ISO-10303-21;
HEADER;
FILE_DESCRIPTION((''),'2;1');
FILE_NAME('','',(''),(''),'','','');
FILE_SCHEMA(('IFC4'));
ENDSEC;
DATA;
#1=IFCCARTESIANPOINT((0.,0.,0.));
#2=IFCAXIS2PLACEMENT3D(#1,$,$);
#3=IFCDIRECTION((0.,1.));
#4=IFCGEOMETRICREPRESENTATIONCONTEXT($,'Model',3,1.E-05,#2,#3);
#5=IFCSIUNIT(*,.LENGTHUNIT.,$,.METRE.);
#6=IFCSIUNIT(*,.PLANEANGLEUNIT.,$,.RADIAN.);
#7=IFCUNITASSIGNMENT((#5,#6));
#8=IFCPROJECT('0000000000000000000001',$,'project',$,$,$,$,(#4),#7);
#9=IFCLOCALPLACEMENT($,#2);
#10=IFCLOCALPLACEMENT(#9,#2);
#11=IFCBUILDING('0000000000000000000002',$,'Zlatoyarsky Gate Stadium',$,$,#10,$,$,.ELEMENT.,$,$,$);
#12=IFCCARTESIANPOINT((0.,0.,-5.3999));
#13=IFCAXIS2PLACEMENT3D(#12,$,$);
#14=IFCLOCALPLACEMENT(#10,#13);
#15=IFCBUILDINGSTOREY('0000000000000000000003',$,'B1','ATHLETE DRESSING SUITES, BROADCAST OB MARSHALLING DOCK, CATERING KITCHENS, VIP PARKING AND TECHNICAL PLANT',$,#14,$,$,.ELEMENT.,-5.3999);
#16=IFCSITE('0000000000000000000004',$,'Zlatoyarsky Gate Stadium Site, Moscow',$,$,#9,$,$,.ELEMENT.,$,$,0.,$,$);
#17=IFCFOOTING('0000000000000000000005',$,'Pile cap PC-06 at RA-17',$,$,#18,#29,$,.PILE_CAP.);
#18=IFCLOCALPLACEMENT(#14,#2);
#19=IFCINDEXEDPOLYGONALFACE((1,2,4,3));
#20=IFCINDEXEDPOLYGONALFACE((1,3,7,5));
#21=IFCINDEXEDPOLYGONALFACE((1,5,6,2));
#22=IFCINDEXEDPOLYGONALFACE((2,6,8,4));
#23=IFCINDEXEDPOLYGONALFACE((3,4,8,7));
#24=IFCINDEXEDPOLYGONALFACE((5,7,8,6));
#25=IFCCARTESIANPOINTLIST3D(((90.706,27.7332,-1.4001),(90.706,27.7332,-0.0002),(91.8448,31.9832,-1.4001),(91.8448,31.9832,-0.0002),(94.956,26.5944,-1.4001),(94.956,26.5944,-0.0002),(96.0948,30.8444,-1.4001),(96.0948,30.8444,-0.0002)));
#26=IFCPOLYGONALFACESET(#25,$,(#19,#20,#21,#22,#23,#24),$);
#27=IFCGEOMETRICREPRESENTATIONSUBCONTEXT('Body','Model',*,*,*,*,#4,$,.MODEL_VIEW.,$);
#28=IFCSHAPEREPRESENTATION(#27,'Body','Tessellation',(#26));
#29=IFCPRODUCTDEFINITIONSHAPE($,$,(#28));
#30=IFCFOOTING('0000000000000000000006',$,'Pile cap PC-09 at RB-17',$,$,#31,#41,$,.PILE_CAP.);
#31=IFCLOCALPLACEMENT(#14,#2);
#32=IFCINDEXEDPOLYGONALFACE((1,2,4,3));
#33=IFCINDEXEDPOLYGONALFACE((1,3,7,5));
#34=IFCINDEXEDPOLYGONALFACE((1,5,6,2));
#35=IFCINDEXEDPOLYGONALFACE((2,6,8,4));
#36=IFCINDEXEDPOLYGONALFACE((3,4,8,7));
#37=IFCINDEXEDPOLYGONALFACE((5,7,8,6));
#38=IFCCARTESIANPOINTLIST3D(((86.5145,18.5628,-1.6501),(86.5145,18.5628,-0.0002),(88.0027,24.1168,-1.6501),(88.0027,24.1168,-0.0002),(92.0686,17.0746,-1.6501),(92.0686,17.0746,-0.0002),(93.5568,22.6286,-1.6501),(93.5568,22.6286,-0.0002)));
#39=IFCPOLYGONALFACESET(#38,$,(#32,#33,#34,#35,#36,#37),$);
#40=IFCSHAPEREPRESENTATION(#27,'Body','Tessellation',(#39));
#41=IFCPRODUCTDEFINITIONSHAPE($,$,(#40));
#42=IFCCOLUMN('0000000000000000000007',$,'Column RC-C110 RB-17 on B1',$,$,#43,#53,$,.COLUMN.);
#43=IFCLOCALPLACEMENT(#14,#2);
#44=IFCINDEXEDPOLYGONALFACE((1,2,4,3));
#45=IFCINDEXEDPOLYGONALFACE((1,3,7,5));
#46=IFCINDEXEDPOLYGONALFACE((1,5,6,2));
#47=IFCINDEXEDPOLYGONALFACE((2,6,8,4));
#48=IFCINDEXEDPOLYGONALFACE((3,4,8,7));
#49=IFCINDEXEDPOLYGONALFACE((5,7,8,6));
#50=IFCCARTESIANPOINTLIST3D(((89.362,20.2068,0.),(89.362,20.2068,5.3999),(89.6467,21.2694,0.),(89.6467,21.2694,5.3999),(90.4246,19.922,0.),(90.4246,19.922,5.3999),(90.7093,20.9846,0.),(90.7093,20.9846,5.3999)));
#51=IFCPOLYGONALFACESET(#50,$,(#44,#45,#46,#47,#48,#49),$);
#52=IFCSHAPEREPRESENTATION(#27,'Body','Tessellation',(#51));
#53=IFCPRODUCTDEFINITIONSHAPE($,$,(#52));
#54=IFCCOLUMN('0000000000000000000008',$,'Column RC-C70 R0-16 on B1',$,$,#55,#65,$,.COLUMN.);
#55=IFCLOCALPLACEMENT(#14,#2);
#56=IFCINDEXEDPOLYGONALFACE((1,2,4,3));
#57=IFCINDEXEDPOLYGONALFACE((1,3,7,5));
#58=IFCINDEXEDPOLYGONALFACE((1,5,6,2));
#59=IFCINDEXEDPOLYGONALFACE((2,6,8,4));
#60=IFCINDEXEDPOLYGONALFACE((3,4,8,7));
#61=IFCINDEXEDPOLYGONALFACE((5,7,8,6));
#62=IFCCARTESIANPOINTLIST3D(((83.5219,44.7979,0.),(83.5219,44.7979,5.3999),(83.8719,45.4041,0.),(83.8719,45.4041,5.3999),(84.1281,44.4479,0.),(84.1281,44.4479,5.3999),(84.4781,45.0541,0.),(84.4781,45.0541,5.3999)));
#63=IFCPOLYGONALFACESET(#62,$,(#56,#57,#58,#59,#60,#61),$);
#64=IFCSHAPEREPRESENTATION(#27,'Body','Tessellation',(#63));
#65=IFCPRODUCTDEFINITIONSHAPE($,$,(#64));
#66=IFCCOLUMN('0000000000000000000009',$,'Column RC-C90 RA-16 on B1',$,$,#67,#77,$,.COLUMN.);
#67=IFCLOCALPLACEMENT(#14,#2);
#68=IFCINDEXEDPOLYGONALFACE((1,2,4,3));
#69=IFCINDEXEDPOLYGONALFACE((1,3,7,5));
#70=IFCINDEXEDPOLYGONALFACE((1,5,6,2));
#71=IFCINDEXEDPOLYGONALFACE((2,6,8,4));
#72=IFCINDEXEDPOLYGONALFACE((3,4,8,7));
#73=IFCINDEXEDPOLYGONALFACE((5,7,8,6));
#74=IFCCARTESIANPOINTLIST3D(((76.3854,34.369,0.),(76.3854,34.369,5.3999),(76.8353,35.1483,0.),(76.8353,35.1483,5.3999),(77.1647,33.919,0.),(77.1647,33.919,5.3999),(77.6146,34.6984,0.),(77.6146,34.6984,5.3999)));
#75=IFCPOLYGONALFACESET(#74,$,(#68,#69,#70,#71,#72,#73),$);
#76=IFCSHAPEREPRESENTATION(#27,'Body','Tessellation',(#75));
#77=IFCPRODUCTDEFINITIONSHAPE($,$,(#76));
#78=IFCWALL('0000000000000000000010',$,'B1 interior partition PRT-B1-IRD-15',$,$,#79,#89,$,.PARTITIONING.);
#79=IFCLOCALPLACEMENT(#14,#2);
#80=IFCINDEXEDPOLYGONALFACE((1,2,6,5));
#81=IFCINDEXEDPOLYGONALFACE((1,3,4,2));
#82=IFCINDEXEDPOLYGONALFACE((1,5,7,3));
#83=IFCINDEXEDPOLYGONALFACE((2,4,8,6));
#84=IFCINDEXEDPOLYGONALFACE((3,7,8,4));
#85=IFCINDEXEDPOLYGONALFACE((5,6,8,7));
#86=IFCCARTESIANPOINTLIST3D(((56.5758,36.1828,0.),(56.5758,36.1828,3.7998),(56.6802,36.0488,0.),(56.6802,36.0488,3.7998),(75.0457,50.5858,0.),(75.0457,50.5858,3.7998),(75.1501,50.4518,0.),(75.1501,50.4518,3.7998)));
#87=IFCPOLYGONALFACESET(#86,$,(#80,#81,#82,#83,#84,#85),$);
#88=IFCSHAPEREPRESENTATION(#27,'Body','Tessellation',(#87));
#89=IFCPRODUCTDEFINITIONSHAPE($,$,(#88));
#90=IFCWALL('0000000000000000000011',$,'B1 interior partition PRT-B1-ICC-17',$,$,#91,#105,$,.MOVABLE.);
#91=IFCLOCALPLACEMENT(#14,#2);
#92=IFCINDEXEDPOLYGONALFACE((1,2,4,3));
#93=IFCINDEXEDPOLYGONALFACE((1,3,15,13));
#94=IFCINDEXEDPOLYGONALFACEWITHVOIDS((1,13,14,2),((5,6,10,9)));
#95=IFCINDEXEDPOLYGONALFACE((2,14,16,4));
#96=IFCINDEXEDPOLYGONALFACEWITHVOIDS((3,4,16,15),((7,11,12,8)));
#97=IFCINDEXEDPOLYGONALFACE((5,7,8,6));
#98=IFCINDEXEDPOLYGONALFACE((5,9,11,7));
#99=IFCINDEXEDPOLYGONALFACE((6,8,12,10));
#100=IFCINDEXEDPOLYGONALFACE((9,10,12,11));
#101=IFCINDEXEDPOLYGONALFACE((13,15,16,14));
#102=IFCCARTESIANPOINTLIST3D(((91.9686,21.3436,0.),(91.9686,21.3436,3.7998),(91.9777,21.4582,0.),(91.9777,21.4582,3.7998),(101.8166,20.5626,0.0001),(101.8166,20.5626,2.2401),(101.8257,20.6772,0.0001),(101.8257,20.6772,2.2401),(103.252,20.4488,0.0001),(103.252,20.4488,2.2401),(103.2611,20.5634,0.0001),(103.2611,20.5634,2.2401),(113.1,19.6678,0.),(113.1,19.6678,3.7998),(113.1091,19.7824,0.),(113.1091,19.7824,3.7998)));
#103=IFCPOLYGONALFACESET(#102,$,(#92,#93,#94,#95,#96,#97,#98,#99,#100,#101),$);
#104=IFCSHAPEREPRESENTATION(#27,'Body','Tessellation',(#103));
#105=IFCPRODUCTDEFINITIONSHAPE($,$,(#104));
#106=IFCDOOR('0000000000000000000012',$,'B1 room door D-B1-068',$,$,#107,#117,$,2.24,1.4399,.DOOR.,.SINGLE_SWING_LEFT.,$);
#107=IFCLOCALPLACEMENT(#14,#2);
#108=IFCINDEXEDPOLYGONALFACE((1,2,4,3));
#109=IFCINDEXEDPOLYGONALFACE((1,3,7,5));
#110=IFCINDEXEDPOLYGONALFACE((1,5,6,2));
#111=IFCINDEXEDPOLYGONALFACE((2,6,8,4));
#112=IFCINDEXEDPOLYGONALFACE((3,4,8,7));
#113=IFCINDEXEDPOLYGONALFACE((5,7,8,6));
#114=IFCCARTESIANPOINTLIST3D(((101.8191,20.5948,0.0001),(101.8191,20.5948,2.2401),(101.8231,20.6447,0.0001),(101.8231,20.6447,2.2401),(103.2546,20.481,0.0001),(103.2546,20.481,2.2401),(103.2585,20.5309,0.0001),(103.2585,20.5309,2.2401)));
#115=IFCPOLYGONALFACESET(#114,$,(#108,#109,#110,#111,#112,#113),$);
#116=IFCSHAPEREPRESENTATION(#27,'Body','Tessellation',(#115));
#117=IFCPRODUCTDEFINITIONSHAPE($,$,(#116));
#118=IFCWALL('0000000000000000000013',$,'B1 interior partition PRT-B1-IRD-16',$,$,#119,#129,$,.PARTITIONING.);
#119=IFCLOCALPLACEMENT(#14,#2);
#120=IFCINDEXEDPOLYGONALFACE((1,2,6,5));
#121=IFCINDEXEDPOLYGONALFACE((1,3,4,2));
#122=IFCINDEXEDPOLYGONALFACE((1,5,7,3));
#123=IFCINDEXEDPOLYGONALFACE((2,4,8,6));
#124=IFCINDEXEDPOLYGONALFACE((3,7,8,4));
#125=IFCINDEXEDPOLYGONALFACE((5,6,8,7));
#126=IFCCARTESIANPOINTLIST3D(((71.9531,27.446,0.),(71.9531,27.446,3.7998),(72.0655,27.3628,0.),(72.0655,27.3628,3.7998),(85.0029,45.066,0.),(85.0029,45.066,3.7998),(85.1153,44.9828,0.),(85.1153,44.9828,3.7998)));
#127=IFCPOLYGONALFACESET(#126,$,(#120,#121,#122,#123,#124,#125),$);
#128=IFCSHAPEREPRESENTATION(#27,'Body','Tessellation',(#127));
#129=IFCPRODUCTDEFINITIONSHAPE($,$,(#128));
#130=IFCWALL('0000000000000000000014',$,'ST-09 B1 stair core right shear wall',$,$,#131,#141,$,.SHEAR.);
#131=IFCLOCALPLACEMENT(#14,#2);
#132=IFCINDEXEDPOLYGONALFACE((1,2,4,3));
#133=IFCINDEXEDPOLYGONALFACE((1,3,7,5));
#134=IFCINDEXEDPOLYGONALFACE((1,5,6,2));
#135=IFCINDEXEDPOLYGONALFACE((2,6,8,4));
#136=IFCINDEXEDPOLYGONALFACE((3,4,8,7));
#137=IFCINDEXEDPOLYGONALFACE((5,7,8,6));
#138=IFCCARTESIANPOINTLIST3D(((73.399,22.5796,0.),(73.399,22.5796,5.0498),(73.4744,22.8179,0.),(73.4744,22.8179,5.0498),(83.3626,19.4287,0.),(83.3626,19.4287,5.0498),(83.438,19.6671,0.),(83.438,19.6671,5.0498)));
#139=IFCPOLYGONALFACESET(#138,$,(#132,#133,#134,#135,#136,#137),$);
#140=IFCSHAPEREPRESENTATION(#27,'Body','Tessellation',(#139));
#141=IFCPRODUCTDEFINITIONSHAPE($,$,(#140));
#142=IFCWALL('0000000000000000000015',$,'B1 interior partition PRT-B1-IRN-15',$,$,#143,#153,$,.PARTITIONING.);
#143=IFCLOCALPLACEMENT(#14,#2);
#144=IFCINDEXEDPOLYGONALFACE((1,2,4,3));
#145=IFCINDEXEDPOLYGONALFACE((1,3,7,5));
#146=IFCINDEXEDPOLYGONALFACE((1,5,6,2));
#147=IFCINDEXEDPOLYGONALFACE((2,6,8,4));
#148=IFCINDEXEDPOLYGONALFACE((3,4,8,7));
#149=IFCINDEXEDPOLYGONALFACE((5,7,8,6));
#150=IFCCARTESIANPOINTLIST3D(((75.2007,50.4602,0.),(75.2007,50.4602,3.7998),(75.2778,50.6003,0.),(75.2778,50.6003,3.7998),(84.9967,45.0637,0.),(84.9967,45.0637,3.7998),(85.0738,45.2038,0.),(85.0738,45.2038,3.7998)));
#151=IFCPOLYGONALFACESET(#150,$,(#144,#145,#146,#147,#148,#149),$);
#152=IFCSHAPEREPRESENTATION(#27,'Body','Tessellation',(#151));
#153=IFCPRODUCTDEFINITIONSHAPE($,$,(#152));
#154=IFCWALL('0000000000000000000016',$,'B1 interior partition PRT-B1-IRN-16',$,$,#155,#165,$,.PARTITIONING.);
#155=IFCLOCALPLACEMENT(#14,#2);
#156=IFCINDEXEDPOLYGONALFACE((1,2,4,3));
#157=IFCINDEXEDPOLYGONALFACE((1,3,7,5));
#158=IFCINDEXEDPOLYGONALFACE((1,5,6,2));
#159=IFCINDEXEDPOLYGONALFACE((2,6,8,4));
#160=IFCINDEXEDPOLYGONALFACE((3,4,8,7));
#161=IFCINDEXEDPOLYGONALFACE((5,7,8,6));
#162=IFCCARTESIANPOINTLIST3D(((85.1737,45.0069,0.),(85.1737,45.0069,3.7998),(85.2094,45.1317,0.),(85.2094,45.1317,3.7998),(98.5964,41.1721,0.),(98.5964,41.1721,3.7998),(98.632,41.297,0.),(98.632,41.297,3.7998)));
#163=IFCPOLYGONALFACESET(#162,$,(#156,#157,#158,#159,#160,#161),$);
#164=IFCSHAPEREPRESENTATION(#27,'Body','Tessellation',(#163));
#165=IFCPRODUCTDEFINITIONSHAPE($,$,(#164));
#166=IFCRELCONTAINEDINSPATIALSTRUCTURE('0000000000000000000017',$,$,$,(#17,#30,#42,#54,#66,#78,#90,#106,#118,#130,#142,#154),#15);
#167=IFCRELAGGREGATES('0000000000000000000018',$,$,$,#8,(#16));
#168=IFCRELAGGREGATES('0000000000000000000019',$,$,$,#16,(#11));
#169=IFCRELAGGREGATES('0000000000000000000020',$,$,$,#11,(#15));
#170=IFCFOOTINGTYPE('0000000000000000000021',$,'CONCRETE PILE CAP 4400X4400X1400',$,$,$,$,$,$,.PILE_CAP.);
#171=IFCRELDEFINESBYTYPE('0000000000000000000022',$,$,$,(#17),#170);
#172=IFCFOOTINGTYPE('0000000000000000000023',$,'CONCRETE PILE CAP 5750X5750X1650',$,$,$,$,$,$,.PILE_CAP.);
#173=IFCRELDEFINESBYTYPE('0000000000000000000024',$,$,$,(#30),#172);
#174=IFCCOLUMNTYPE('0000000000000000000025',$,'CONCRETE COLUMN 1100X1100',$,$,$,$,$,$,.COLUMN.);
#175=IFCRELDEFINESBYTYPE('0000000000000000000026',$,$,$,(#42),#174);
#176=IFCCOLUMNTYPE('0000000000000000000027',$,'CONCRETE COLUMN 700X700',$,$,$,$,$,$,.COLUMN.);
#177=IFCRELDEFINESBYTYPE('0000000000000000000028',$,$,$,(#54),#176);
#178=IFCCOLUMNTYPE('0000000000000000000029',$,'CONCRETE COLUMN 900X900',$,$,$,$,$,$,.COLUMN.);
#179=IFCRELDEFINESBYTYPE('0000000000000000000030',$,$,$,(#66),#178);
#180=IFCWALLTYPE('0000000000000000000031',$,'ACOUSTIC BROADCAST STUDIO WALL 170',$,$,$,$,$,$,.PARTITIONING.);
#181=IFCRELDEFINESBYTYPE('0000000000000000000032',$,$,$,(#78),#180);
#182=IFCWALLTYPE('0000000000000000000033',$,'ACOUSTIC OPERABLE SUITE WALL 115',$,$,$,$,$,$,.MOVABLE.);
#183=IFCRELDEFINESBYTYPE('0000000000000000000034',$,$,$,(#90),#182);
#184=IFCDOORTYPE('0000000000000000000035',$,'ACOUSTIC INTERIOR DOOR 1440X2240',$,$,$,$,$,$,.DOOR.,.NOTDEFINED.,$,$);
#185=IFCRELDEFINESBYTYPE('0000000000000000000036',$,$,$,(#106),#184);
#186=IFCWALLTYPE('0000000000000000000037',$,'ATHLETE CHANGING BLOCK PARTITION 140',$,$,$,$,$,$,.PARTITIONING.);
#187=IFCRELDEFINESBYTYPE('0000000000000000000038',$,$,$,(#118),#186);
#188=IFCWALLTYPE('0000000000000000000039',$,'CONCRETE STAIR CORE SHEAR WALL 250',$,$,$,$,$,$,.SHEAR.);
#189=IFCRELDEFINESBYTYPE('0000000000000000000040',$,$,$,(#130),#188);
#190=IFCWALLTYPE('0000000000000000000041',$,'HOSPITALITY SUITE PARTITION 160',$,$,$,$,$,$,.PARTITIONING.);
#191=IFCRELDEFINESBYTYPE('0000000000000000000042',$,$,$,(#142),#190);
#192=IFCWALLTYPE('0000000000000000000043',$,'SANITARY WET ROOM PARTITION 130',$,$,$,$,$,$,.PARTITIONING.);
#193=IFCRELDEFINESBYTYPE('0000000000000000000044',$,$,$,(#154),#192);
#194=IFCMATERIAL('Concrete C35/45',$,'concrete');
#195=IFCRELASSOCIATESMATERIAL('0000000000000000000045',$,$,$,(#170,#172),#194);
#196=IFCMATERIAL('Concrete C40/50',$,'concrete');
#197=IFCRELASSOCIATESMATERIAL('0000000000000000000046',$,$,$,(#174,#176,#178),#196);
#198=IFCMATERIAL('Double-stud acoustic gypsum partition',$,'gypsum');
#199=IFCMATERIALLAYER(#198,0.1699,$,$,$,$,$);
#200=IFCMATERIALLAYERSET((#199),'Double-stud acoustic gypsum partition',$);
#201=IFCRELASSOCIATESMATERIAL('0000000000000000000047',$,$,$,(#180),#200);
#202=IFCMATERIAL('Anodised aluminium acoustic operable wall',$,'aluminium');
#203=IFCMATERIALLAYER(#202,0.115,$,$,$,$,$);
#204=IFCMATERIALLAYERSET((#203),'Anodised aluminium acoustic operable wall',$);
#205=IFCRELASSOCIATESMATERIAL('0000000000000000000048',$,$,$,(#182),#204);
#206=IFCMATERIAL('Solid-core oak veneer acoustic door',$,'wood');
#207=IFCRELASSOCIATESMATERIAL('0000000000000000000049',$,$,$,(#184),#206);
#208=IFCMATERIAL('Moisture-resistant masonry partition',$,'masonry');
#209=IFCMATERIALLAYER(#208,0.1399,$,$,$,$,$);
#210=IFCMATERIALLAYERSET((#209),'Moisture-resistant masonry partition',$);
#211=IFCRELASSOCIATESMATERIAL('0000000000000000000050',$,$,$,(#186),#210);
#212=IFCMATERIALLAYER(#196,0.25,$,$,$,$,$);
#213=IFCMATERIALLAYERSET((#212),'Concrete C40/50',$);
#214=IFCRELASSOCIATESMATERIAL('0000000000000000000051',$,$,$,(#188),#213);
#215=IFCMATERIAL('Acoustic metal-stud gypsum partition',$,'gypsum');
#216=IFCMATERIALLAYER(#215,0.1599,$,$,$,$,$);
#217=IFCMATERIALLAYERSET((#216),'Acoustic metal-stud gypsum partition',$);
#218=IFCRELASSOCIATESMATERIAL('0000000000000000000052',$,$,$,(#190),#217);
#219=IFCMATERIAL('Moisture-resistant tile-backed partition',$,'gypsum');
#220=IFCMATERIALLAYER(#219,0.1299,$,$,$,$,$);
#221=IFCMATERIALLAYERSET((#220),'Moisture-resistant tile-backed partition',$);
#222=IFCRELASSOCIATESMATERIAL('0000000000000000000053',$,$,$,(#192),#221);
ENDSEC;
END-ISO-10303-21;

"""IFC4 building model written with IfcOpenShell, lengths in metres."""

from ifc_helpers import new_model, si_unit, direction, frame, frame_2d, origin, origin_2d, place, context, subcontext, project, spatial, rectangle, extrude, material, layer, layer_set, material_profile, profile_set, type_object, element, fill, save


model = new_model("IFC4")

# Units and contexts
model_context = context("Model", 3, precision=1e-05, world=origin(), true_north=direction((0.0, 1.0)))
body_context = subcontext(model_context, "Body", "Model", "MODEL_VIEW")
ifc_project = project(units=[si_unit("LENGTHUNIT", "METRE"), si_unit("PLANEANGLEUNIT", "RADIAN")], contexts=[model_context])

# Site, building, storey
site_placement = place(None, origin())
site = spatial("IfcSite", under=ifc_project, at=site_placement, Name="Zlatoyarsky Gate Stadium Site, Moscow", CompositionType="ELEMENT", RefElevation=0.0)
building_placement = place(site_placement, origin())
building = spatial("IfcBuilding", under=site, at=building_placement, Name="Zlatoyarsky Gate Stadium", CompositionType="ELEMENT")
storey_placement = place(building_placement, frame((0.0, 0.0, -5.3999)))
storey = spatial("IfcBuildingStorey", under=building, at=storey_placement, Name="B1", Description="ATHLETE DRESSING SUITES, BROADCAST OB MARSHALLING DOCK, CATERING KITCHENS, VIP PARKING AND TECHNICAL PLANT", CompositionType="ELEMENT", Elevation=-5.3999)

# Shared definitions
ifc_material_1 = material(Name="Concrete C35/45", Category="concrete")

# Footings
footing_type_1 = type_object("IfcFootingType", Name="CONCRETE PILE CAP 4400X4400X1400", PredefinedType="PILE_CAP", material=ifc_material_1)
footing_1_placement = place(storey_placement, frame((93.4004, 29.2888, -1.4001), z_axis=(0.0, 0.0, 1.0), x_axis=(-0.258819, -0.965926, 0.0)))
element("IfcFooting", 1, at=footing_1_placement, inside=storey, type_object=footing_type_1, Name="Pile cap PC-06 at RA-17", PredefinedType="PILE_CAP", context=body_context, shape_type="SweptSolid", body=[
    extrude(rectangle(XDim=4.3999, YDim=4.3999, at=origin_2d()), origin(), (0.0, 0.0, 1.0), 1.3999),
])
footing_type_2 = type_object("IfcFootingType", Name="CONCRETE PILE CAP 5750X5750X1650", PredefinedType="PILE_CAP", material=ifc_material_1)
footing_2_placement = place(storey_placement, frame((90.0356, 20.5957, -1.6501), z_axis=(0.0, 0.0, 1.0), x_axis=(-0.258819, -0.965926, 0.0)))
element("IfcFooting", 2, at=footing_2_placement, inside=storey, type_object=footing_type_2, Name="Pile cap PC-09 at RB-17", PredefinedType="PILE_CAP", context=body_context, shape_type="SweptSolid", body=[
    extrude(rectangle(XDim=5.75, YDim=5.75, at=origin_2d()), origin(), (0.0, 0.0, 1.0), 1.6499),
])

# Columns
ifc_material_2 = material(Name="Concrete C40/50", Category="concrete")
ifc_material_profile_1 = material_profile(ifc_material_2, rectangle(XDim=1.1001, YDim=1.1001, at=origin_2d()), Name="RC COL 1100X1100")
ifc_profile_set_1 = profile_set([ifc_material_profile_1], Name="Concrete C40/50")
column_type_1 = type_object("IfcColumnType", Name="CONCRETE COLUMN 1100X1100", PredefinedType="COLUMN", material=ifc_profile_set_1)
column_1_placement = place(storey_placement, frame((90.0356, 20.5957, 0.0), z_axis=(0.0, 0.0, 1.0), x_axis=(-0.258819, -0.965926, 0.0)))
element("IfcColumn", 3, at=column_1_placement, inside=storey, type_object=column_type_1, Name="Column RC-C110 RB-17 on B1", PredefinedType="COLUMN", context=body_context, shape_type="SweptSolid", body=[
    extrude(rectangle(XDim=1.1001, YDim=1.1001, at=origin_2d()), origin(), (0.0, 0.0, 1.0), 5.3999),
])
ifc_material_profile_2 = material_profile(ifc_material_2, rectangle(XDim=0.7, YDim=0.7, at=origin_2d()), Name="RC COL 700X700")
ifc_profile_set_2 = profile_set([ifc_material_profile_2], Name="Concrete C40/50")
column_type_2 = type_object("IfcColumnType", Name="CONCRETE COLUMN 700X700", PredefinedType="COLUMN", material=ifc_profile_set_2)
column_2_placement = place(storey_placement, frame((84.0, 44.926, 0.0), z_axis=(0.0, 0.0, 1.0), x_axis=(-0.5, -0.866025, 0.0)))
element("IfcColumn", 4, at=column_2_placement, inside=storey, type_object=column_type_2, Name="Column RC-C70 R0-16 on B1", PredefinedType="COLUMN", context=body_context, shape_type="SweptSolid", body=[
    extrude(rectangle(XDim=0.7, YDim=0.7, at=origin_2d()), origin(), (0.0, 0.0, 1.0), 5.3999),
])
ifc_material_profile_3 = material_profile(ifc_material_2, rectangle(XDim=0.8999, YDim=0.8999, at=origin_2d()), Name="RC COL 900X900")
ifc_profile_set_3 = profile_set([ifc_material_profile_3], Name="Concrete C40/50")
column_type_3 = type_object("IfcColumnType", Name="CONCRETE COLUMN 900X900", PredefinedType="COLUMN", material=ifc_profile_set_3)
column_3_placement = place(storey_placement, frame((77.0, 34.5337, 0.0), z_axis=(0.0, 0.0, 1.0), x_axis=(-0.5, -0.866025, 0.0)))
element("IfcColumn", 5, at=column_3_placement, inside=storey, type_object=column_type_3, Name="Column RC-C90 RA-16 on B1", PredefinedType="COLUMN", context=body_context, shape_type="SweptSolid", body=[
    extrude(rectangle(XDim=0.8999, YDim=0.8999, at=origin_2d()), origin(), (0.0, 0.0, 1.0), 5.3999),
])

# Wall
ifc_material_3 = material(Name="Double-stud acoustic gypsum partition", Category="gypsum")
ifc_layer_1 = layer(ifc_material_3, 0.1699)
ifc_layer_set_1 = layer_set([ifc_layer_1], Name="Double-stud acoustic gypsum partition")
wall_type_1 = type_object("IfcWallType", Name="ACOUSTIC BROADCAST STUDIO WALL 170", PredefinedType="PARTITIONING", material=ifc_layer_set_1)
wall_1_placement = place(storey_placement, frame((75.0979, 50.5188, 0.0), z_axis=(0.0, 0.0, 1.0), x_axis=(-0.788575, -0.614939, 0.0)))
element("IfcWall", 6, at=wall_1_placement, inside=storey, type_object=wall_type_1, Name="B1 interior partition PRT-B1-IRD-15", PredefinedType="PARTITIONING", context=body_context, shape_type="SweptSolid", body=[
    extrude(rectangle(XDim=23.4219, YDim=0.1699, at=frame_2d((11.7109, 0.0))), origin(), (0.0, 0.0, 1.0), 3.7998),
])

# Wall, opening, door
ifc_material_4 = material(Name="Anodised aluminium acoustic operable wall", Category="aluminium")
ifc_layer_2 = layer(ifc_material_4, 0.115)
ifc_layer_set_2 = layer_set([ifc_layer_2], Name="Anodised aluminium acoustic operable wall")
wall_type_2 = type_object("IfcWallType", Name="ACOUSTIC OPERABLE SUITE WALL 115", PredefinedType="MOVABLE", material=ifc_layer_set_2)
wall_2_placement = place(storey_placement, frame((91.9731, 21.4009, 0.0), z_axis=(0.0, 0.0, 1.0), x_axis=(0.99687, -0.079055, 0.0)))
wall_2 = element("IfcWall", 7, at=wall_2_placement, inside=storey, type_object=wall_type_2, Name="B1 interior partition PRT-B1-ICC-17", PredefinedType="MOVABLE", context=body_context, shape_type="SweptSolid", body=[
    extrude(rectangle(XDim=21.1978, YDim=0.115, at=frame_2d((10.5989, 0.0))), origin(), (0.0, 0.0, 1.0), 3.7998),
])
opening_placement = place(wall_2_placement, frame((9.8789, 0.0, 0.0)))
opening = element("IfcOpeningElement", 8, at=opening_placement, cuts=wall_2, PredefinedType="OPENING", context=body_context, shape_type="SweptSolid", body=[
    extrude(rectangle(XDim=1.4399, YDim=2.24, at=frame_2d((0.72, 1.1201))), frame((0.0, 0.0674, 0.0), z_axis=(0.0, -1.0, 0.0), x_axis=(1.0, 0.0, 0.0)), (0.0, 0.0, 1.0), 0.135),
])
ifc_material_5 = material(Name="Solid-core oak veneer acoustic door", Category="wood")
door_type = type_object("IfcDoorType", Name="ACOUSTIC INTERIOR DOOR 1440X2240", OperationType="NOTDEFINED", PredefinedType="DOOR", material=ifc_material_5)
door_placement = place(opening_placement, origin())
door = element("IfcDoor", 9, at=door_placement, inside=storey, type_object=door_type, Name="B1 room door D-B1-068", OperationType="SINGLE_SWING_LEFT", OverallHeight=2.24, OverallWidth=1.4399, PredefinedType="DOOR", context=body_context, shape_type="SweptSolid", body=[
    extrude(rectangle(XDim=1.4399, YDim=2.24, at=frame_2d((0.72, 1.1201))), frame((0.0, 0.0249, 0.0), z_axis=(0.0, -1.0, 0.0), x_axis=(1.0, 0.0, 0.0)), (0.0, 0.0, 1.0), 0.05),
])
fill(opening, door)

# Walls
ifc_material_6 = material(Name="Moisture-resistant masonry partition", Category="masonry")
ifc_layer_3 = layer(ifc_material_6, 0.1399)
ifc_layer_set_3 = layer_set([ifc_layer_3], Name="Moisture-resistant masonry partition")
wall_type_3 = type_object("IfcWallType", Name="ATHLETE CHANGING BLOCK PARTITION 140", PredefinedType="PARTITIONING", material=ifc_layer_set_3)
wall_3_placement = place(storey_placement, frame((85.0591, 45.0244, 0.0), z_axis=(0.0, 0.0, 1.0), x_axis=(-0.595165, -0.803604, 0.0)))
element("IfcWall", 10, at=wall_3_placement, inside=storey, type_object=wall_type_3, Name="B1 interior partition PRT-B1-IRD-16", PredefinedType="PARTITIONING", context=body_context, shape_type="SweptSolid", body=[
    extrude(rectangle(XDim=21.9263, YDim=0.1399, at=frame_2d((10.9631, 0.0))), origin(), (0.0, 0.0, 1.0), 3.7998),
])
ifc_layer_4 = layer(ifc_material_2, 0.25)
ifc_layer_set_4 = layer_set([ifc_layer_4], Name="Concrete C40/50")
wall_type_4 = type_object("IfcWallType", Name="CONCRETE STAIR CORE SHEAR WALL 250", PredefinedType="SHEAR", material=ifc_layer_set_4)
wall_4_placement = place(storey_placement, frame((83.4004, 19.5479, 0.0), z_axis=(0.0, 0.0, 1.0), x_axis=(-0.95346, 0.30152, 0.0)))
element("IfcWall", 11, at=wall_4_placement, inside=storey, type_object=wall_type_4, Name="ST-09 B1 stair core right shear wall", PredefinedType="SHEAR", context=body_context, shape_type="SweptSolid", body=[
    extrude(rectangle(XDim=10.45, YDim=0.25, at=frame_2d((5.2251, 0.0))), origin(), (0.0, 0.0, 1.0), 5.0498),
])
ifc_material_7 = material(Name="Acoustic metal-stud gypsum partition", Category="gypsum")
ifc_layer_5 = layer(ifc_material_7, 0.1599)
ifc_layer_set_5 = layer_set([ifc_layer_5], Name="Acoustic metal-stud gypsum partition")
wall_type_5 = type_object("IfcWallType", Name="HOSPITALITY SUITE PARTITION 160", PredefinedType="PARTITIONING", material=ifc_layer_set_5)
wall_5_placement = place(storey_placement, frame((75.2393, 50.5303, 0.0), z_axis=(0.0, 0.0, 1.0), x_axis=(0.875886, -0.482519, 0.0)))
element("IfcWall", 12, at=wall_5_placement, inside=storey, type_object=wall_type_5, Name="B1 interior partition PRT-B1-IRN-15", PredefinedType="PARTITIONING", context=body_context, shape_type="SweptSolid", body=[
    extrude(rectangle(XDim=11.1841, YDim=0.1599, at=frame_2d((5.592, 0.0))), origin(), (0.0, 0.0, 1.0), 3.7998),
])
ifc_material_8 = material(Name="Moisture-resistant tile-backed partition", Category="gypsum")
ifc_layer_6 = layer(ifc_material_8, 0.1299)
ifc_layer_set_6 = layer_set([ifc_layer_6], Name="Moisture-resistant tile-backed partition")
wall_type_6 = type_object("IfcWallType", Name="SANITARY WET ROOM PARTITION 130", PredefinedType="PARTITIONING", material=ifc_layer_set_6)
wall_6_placement = place(storey_placement, frame((85.1914, 45.0693, 0.0), z_axis=(0.0, 0.0, 1.0), x_axis=(0.96153, -0.2747, 0.0)))
element("IfcWall", 13, at=wall_6_placement, inside=storey, type_object=wall_type_6, Name="B1 interior partition PRT-B1-IRN-16", PredefinedType="PARTITIONING", context=body_context, shape_type="SweptSolid", body=[
    extrude(rectangle(XDim=13.9597, YDim=0.1299, at=frame_2d((6.98, 0.0))), origin(), (0.0, 0.0, 1.0), 3.7998),
])

save(model, "model.ifc")
